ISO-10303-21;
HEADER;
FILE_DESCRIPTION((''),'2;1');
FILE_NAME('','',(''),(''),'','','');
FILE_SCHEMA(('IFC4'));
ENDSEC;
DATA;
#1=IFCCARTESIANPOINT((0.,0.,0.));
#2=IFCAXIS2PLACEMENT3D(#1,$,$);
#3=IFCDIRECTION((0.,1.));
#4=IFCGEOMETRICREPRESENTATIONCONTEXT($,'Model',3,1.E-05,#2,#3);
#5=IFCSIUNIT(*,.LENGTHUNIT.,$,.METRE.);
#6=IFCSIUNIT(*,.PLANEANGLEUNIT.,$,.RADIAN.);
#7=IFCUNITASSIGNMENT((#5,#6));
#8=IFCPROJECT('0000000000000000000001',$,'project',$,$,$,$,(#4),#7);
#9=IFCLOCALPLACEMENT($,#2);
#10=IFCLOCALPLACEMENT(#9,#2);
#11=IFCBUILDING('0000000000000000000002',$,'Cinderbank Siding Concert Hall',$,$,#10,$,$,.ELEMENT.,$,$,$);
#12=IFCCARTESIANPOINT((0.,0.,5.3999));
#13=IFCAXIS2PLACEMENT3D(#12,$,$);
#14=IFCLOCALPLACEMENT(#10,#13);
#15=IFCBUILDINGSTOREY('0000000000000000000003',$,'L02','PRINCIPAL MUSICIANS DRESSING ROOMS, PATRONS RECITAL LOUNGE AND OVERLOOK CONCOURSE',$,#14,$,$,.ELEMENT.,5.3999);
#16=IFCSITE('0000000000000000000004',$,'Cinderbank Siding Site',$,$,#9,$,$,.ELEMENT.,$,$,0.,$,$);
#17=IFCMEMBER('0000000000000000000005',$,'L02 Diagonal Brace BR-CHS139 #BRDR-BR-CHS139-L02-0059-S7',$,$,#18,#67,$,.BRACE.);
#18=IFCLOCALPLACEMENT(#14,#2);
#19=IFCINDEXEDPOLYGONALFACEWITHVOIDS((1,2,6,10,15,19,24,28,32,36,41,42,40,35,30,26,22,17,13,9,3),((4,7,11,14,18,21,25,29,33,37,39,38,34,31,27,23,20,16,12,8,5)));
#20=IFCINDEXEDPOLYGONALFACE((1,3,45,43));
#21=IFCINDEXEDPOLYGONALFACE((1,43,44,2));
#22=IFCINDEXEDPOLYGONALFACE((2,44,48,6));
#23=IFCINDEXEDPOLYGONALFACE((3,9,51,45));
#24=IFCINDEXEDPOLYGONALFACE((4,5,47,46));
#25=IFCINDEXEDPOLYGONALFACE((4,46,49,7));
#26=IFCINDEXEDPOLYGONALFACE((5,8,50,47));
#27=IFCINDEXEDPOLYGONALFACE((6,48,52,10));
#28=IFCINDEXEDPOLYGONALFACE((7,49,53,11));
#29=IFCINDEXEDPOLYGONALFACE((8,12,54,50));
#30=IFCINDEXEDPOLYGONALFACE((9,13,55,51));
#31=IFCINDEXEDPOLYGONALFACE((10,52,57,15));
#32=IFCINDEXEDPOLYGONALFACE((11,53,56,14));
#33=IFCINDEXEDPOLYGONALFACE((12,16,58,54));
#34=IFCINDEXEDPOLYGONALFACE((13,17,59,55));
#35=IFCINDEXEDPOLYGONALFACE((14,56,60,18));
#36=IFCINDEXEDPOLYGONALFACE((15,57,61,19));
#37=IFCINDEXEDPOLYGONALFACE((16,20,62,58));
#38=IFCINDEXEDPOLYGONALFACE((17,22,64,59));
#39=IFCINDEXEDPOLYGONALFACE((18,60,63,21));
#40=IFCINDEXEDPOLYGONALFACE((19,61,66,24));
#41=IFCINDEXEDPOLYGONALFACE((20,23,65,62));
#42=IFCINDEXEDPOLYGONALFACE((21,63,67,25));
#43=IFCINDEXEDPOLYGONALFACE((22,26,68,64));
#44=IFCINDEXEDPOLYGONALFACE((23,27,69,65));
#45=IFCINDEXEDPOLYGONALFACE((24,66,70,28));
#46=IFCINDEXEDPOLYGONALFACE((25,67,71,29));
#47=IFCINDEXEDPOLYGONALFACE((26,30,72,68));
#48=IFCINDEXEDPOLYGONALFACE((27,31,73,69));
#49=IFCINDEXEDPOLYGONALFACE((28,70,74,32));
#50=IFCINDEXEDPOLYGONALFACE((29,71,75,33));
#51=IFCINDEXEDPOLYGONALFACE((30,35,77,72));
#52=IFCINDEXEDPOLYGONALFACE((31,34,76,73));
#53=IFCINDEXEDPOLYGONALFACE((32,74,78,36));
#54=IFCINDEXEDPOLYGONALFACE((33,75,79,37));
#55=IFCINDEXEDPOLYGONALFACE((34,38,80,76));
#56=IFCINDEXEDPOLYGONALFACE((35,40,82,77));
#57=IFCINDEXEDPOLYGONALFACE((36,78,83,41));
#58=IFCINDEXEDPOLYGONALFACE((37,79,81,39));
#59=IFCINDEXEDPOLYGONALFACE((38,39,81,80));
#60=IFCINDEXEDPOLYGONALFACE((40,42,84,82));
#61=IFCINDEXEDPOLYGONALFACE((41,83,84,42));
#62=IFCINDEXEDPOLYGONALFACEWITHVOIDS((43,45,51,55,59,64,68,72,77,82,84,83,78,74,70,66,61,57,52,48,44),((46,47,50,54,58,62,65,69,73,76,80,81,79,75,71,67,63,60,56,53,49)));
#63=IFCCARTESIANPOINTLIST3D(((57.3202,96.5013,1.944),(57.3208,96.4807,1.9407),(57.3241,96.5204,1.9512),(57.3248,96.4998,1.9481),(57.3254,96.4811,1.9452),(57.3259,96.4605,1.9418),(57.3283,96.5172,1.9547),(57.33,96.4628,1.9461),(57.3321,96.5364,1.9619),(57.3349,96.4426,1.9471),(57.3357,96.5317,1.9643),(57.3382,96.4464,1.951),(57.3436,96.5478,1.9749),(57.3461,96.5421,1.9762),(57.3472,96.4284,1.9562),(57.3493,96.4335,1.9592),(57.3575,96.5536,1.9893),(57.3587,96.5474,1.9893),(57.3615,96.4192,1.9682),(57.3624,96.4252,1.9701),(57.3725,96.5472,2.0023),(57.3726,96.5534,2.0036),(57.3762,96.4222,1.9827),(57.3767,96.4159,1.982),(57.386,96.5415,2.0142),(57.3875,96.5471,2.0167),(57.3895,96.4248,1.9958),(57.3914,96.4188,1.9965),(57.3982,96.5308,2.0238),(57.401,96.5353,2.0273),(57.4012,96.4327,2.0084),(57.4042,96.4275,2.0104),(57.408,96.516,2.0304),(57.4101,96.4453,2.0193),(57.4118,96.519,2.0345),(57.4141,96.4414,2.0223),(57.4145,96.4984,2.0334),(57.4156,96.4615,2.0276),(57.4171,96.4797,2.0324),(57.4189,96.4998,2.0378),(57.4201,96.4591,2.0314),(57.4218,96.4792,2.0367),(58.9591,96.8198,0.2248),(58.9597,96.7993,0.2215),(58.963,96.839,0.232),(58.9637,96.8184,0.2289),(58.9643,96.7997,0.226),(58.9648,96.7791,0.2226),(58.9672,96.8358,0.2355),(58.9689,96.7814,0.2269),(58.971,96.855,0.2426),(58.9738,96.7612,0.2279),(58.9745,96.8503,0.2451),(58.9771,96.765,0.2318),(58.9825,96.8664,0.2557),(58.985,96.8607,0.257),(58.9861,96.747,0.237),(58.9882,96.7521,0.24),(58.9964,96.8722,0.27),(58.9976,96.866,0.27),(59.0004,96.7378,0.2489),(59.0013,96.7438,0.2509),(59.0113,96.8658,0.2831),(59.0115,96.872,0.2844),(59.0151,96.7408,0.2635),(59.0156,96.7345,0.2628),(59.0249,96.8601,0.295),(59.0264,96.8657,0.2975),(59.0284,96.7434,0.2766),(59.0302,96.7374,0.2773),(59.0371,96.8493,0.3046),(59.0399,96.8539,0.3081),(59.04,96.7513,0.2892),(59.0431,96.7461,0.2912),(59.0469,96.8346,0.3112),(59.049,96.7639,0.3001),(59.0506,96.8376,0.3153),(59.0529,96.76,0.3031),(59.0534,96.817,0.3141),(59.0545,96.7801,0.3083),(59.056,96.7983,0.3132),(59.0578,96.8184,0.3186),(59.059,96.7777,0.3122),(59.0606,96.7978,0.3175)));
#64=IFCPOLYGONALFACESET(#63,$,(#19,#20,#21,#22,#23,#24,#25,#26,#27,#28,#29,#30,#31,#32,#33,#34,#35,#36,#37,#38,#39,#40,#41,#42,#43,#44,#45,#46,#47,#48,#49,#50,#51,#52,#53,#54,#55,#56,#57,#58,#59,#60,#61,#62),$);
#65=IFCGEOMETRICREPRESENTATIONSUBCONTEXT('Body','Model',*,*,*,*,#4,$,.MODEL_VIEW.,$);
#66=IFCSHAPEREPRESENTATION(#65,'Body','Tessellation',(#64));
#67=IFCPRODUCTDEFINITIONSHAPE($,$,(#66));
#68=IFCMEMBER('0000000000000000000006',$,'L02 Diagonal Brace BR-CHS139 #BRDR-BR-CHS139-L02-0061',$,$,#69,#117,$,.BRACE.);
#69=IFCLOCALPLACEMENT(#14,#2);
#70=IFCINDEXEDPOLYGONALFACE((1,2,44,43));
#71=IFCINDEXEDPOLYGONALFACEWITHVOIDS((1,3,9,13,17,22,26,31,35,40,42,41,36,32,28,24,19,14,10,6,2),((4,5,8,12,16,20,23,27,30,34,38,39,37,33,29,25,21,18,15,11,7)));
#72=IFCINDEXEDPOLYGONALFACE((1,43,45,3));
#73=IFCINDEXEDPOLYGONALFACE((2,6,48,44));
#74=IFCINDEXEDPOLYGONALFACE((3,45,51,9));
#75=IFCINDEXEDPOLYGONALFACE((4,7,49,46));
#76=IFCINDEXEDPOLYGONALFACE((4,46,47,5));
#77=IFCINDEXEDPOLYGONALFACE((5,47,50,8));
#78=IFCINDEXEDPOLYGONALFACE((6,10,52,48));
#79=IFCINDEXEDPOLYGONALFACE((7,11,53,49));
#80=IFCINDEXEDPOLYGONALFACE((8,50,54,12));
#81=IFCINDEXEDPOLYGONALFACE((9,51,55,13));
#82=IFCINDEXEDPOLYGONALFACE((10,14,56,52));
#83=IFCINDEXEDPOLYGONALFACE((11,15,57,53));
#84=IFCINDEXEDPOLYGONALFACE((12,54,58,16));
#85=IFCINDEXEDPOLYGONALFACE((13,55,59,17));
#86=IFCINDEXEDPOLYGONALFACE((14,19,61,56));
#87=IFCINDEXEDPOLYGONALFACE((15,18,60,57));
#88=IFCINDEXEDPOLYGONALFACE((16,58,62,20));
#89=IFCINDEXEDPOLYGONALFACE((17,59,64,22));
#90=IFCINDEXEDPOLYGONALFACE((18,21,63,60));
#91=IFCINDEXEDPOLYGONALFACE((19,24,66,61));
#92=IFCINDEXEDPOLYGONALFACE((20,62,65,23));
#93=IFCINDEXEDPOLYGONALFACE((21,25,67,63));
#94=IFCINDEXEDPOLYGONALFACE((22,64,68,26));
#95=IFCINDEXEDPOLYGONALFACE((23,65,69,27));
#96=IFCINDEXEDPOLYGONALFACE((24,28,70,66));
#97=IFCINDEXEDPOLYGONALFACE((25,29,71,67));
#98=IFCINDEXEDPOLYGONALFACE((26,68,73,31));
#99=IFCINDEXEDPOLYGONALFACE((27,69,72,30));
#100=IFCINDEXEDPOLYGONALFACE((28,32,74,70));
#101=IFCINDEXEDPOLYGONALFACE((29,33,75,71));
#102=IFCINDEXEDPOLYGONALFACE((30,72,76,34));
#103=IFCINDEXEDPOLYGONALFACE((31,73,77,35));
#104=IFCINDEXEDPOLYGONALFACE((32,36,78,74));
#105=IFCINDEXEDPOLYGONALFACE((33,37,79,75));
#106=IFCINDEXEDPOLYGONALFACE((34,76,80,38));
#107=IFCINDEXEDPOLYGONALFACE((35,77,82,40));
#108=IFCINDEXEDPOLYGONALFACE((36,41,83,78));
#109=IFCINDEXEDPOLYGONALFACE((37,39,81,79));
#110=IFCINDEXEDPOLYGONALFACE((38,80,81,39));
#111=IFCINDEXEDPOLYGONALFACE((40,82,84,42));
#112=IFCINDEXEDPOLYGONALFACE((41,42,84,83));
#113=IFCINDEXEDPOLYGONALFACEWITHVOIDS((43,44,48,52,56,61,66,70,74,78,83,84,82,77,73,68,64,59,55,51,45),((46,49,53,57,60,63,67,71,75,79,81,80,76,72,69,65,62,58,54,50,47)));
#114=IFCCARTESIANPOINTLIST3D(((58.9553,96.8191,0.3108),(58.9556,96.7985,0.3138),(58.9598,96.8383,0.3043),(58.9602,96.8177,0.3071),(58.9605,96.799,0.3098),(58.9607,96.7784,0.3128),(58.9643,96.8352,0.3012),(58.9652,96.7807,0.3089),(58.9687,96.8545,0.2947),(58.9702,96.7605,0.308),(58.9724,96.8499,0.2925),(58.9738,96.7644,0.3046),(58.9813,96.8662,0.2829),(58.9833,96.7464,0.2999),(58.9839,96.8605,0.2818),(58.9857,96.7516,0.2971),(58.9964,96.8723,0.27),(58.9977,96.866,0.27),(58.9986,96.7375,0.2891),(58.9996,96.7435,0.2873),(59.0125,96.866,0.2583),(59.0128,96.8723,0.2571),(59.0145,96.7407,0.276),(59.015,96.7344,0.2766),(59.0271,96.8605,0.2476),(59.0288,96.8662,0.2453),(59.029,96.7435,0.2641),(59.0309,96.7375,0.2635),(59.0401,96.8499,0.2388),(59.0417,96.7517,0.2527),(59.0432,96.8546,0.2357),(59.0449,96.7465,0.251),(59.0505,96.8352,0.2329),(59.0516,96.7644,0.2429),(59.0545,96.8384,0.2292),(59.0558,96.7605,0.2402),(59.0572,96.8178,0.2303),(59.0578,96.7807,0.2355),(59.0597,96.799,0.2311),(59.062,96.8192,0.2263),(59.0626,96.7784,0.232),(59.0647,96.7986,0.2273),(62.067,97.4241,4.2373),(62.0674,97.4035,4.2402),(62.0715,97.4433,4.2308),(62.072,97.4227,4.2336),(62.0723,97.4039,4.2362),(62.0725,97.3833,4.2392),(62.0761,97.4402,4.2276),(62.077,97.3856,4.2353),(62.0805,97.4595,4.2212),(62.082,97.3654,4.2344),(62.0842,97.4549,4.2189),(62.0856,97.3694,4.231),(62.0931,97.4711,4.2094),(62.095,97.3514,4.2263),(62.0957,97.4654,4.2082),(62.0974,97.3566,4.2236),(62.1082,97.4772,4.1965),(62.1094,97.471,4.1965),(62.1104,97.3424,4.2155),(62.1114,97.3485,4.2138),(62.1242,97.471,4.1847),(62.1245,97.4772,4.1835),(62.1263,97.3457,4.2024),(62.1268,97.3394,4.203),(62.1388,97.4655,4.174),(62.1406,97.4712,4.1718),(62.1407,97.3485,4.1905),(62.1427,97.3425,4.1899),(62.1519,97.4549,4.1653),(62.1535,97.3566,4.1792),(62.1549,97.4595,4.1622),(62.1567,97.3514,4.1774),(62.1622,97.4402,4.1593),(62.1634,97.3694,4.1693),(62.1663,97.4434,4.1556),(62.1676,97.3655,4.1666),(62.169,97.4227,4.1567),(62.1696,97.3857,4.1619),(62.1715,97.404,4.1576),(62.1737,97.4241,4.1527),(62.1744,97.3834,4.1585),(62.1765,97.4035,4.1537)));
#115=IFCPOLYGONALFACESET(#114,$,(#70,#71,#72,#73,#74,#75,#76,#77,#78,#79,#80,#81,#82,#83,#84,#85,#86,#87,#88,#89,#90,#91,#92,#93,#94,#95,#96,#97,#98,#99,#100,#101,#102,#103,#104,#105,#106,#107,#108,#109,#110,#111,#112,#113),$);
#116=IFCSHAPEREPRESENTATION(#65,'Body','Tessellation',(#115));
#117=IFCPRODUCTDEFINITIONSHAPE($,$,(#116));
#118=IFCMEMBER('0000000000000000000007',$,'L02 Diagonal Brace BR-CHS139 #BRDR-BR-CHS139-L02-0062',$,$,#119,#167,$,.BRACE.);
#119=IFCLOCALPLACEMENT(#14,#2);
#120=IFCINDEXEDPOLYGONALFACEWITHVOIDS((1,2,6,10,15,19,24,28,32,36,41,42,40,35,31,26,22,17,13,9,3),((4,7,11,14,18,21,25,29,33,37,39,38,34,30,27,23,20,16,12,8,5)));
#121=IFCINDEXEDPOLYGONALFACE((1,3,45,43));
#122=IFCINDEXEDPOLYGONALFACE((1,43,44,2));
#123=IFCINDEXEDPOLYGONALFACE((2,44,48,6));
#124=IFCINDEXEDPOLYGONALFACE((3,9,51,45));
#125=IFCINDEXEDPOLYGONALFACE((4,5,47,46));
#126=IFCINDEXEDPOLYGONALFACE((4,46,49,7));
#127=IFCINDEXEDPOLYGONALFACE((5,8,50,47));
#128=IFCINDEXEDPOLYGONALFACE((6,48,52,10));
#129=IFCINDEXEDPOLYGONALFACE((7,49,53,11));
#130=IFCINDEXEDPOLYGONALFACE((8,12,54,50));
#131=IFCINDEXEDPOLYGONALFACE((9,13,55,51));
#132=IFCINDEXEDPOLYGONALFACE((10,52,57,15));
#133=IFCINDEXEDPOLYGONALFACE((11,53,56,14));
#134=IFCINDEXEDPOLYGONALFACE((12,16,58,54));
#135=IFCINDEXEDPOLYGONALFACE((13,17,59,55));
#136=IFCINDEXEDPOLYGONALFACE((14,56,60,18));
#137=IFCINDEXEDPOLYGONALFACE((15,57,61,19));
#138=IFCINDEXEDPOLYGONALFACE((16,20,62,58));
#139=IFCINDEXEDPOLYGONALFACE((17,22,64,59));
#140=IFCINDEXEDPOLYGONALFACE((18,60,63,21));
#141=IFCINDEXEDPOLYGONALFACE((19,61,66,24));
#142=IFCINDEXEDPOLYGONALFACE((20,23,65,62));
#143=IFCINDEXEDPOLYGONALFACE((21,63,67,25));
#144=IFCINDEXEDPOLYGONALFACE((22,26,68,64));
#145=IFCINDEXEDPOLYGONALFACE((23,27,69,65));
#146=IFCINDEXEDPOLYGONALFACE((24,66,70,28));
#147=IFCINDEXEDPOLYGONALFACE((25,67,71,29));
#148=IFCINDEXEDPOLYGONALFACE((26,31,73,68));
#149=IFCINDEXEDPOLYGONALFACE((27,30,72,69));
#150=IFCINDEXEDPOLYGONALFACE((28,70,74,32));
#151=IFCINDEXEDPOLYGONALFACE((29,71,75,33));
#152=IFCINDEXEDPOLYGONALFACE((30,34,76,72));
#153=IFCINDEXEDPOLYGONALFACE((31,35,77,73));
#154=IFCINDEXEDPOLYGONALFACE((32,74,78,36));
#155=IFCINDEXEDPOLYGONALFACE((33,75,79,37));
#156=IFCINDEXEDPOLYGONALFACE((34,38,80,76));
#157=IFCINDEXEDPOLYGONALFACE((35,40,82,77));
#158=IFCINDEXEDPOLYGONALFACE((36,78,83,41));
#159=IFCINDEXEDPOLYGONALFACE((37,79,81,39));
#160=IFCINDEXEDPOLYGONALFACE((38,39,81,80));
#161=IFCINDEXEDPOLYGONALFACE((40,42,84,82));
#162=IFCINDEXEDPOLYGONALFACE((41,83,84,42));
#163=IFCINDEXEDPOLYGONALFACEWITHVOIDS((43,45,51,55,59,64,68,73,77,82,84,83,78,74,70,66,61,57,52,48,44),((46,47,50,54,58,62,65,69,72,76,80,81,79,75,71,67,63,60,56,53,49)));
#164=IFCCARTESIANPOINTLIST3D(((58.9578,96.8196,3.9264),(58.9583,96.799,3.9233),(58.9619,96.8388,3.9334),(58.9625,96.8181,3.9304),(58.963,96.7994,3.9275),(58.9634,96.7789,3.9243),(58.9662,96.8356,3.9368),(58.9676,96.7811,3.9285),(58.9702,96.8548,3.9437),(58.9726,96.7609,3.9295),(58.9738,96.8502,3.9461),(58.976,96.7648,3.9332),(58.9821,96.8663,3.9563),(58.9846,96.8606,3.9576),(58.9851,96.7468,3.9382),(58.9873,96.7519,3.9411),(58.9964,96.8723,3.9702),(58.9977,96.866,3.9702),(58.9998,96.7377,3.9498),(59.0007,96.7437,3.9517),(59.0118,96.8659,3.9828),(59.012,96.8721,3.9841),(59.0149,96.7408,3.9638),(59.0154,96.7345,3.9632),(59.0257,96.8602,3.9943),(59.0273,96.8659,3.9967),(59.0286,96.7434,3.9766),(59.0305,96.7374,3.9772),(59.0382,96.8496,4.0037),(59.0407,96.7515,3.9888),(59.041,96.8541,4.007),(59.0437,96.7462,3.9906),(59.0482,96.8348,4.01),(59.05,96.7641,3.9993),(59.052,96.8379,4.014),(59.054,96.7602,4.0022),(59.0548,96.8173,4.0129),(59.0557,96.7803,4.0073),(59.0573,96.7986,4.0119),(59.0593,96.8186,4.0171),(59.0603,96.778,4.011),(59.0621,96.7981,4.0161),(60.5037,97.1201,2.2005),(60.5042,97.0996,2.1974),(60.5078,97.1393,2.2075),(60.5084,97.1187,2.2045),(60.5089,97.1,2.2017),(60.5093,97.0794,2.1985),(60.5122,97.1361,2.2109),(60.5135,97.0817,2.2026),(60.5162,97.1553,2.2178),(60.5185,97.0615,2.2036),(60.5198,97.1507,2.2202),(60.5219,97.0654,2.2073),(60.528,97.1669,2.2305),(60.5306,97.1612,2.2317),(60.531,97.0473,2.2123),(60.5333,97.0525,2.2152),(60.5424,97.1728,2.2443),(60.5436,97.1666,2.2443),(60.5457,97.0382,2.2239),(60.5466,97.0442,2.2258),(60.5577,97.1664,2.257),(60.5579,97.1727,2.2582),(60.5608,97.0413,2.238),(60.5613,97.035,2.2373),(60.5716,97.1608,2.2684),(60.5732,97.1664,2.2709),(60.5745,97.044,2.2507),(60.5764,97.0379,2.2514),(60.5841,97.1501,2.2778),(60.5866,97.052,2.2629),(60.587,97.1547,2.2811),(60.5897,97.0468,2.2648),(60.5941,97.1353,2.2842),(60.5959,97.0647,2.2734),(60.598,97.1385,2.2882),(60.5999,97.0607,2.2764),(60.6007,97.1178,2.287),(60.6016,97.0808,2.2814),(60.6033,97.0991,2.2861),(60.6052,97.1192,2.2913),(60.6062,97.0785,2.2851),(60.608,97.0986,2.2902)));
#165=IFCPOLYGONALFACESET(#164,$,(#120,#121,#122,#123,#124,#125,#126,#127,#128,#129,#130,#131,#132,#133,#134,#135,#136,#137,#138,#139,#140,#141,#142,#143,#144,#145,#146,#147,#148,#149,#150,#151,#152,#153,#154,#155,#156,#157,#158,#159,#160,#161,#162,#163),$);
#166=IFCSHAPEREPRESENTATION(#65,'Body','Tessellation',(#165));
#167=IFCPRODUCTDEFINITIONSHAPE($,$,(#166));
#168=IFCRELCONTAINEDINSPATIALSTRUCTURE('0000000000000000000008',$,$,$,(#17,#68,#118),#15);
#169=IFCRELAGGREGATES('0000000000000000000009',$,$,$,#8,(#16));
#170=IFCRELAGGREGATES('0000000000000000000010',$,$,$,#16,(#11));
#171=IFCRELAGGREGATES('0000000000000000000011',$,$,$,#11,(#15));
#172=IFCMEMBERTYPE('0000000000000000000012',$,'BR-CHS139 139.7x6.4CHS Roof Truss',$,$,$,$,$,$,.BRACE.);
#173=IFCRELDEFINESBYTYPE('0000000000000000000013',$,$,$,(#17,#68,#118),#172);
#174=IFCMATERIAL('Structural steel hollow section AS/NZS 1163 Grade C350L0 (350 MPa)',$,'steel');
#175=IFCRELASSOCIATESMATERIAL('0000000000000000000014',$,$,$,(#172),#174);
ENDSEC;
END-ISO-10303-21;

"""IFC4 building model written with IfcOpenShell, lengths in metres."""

from ifc_helpers import new_model, si_unit, direction, frame, origin, origin_2d, place, context, subcontext, project, spatial, hollow_circle, extrude, material, material_profile, profile_set, type_object, element, save


model = new_model("IFC4")

# Units and contexts
model_context = context("Model", 3, precision=1e-05, world=origin(), true_north=direction((0.0, 1.0)))
body_context = subcontext(model_context, "Body", "Model", "MODEL_VIEW")
ifc_project = project(units=[si_unit("LENGTHUNIT", "METRE"), si_unit("PLANEANGLEUNIT", "RADIAN")], contexts=[model_context])

# Site, building, storey
site_placement = place(None, origin())
site = spatial("IfcSite", under=ifc_project, at=site_placement, Name="Cinderbank Siding Site", CompositionType="ELEMENT", RefElevation=0.0)
building_placement = place(site_placement, origin())
building = spatial("IfcBuilding", under=site, at=building_placement, Name="Cinderbank Siding Concert Hall", CompositionType="ELEMENT")
storey_placement = place(building_placement, frame((0.0, 0.0, 5.3999)))
storey = spatial("IfcBuildingStorey", under=building, at=storey_placement, Name="L02", Description="PRINCIPAL MUSICIANS DRESSING ROOMS, PATRONS RECITAL LOUNGE AND OVERLOOK CONCOURSE", CompositionType="ELEMENT", Elevation=5.3999)

# Members
ifc_material_1 = material(Name="Structural steel hollow section AS/NZS 1163 Grade C350L0 (350 MPa)", Category="steel")
ifc_material_profile_1 = material_profile(ifc_material_1, hollow_circle(Radius=0.0698, WallThickness=0.0063, at=origin_2d()), Name="139.7x6.4CHS", Category="LoadBearing")
ifc_profile_set_1 = profile_set([ifc_material_profile_1], Name="Structural steel hollow section AS/NZS 1163 Grade C350L0 (350 MPa)")
member_type_1 = type_object("IfcMemberType", Name="BR-CHS139 139.7x6.4CHS Roof Truss", PredefinedType="BRACE", material=ifc_profile_set_1)
member_1_placement = place(storey_placement, frame((57.3708, 96.4851, 1.9893), z_axis=(0.683872, 0.132944, -0.717388), x_axis=(-0.190827, 0.981624, 0.0)))
element("IfcMember", 1, at=member_1_placement, inside=storey, type_object=member_type_1, Name="L02 Diagonal Brace BR-CHS139 #BRDR-BR-CHS139-L02-0059-S7", PredefinedType="BRACE", context=body_context, shape_type="SweptSolid", body=[
    extrude(hollow_circle(Radius=0.0698, WallThickness=0.0063, at=origin_2d()), origin(), (0.0, 0.0, 1.0), 2.3965),
])
member_2_placement = place(storey_placement, frame((59.0098, 96.8037, 0.27), z_axis=(0.616632, 0.119882, 0.778071), x_axis=(-0.190841, 0.981621, 0.0)))
element("IfcMember", 2, at=member_2_placement, inside=storey, type_object=member_type_1, Name="L02 Diagonal Brace BR-CHS139 #BRDR-BR-CHS139-L02-0061", PredefinedType="BRACE", context=body_context, shape_type="SweptSolid", body=[
    extrude(hollow_circle(Radius=0.0698, WallThickness=0.0063, at=origin_2d()), origin(), (0.0, 0.0, 1.0), 5.0464),
])
member_3_placement = place(storey_placement, frame((59.0098, 96.8037, 3.9702), z_axis=(0.661667, 0.128634, -0.738681), x_axis=(-0.190836, 0.981622, 0.0)))
element("IfcMember", 3, at=member_3_placement, inside=storey, type_object=member_type_1, Name="L02 Diagonal Brace BR-CHS139 #BRDR-BR-CHS139-L02-0062", PredefinedType="BRACE", context=body_context, shape_type="SweptSolid", body=[
    extrude(hollow_circle(Radius=0.0698, WallThickness=0.0063, at=origin_2d()), origin(), (0.0, 0.0, 1.0), 2.3364),
])

save(model, "model.ifc")
